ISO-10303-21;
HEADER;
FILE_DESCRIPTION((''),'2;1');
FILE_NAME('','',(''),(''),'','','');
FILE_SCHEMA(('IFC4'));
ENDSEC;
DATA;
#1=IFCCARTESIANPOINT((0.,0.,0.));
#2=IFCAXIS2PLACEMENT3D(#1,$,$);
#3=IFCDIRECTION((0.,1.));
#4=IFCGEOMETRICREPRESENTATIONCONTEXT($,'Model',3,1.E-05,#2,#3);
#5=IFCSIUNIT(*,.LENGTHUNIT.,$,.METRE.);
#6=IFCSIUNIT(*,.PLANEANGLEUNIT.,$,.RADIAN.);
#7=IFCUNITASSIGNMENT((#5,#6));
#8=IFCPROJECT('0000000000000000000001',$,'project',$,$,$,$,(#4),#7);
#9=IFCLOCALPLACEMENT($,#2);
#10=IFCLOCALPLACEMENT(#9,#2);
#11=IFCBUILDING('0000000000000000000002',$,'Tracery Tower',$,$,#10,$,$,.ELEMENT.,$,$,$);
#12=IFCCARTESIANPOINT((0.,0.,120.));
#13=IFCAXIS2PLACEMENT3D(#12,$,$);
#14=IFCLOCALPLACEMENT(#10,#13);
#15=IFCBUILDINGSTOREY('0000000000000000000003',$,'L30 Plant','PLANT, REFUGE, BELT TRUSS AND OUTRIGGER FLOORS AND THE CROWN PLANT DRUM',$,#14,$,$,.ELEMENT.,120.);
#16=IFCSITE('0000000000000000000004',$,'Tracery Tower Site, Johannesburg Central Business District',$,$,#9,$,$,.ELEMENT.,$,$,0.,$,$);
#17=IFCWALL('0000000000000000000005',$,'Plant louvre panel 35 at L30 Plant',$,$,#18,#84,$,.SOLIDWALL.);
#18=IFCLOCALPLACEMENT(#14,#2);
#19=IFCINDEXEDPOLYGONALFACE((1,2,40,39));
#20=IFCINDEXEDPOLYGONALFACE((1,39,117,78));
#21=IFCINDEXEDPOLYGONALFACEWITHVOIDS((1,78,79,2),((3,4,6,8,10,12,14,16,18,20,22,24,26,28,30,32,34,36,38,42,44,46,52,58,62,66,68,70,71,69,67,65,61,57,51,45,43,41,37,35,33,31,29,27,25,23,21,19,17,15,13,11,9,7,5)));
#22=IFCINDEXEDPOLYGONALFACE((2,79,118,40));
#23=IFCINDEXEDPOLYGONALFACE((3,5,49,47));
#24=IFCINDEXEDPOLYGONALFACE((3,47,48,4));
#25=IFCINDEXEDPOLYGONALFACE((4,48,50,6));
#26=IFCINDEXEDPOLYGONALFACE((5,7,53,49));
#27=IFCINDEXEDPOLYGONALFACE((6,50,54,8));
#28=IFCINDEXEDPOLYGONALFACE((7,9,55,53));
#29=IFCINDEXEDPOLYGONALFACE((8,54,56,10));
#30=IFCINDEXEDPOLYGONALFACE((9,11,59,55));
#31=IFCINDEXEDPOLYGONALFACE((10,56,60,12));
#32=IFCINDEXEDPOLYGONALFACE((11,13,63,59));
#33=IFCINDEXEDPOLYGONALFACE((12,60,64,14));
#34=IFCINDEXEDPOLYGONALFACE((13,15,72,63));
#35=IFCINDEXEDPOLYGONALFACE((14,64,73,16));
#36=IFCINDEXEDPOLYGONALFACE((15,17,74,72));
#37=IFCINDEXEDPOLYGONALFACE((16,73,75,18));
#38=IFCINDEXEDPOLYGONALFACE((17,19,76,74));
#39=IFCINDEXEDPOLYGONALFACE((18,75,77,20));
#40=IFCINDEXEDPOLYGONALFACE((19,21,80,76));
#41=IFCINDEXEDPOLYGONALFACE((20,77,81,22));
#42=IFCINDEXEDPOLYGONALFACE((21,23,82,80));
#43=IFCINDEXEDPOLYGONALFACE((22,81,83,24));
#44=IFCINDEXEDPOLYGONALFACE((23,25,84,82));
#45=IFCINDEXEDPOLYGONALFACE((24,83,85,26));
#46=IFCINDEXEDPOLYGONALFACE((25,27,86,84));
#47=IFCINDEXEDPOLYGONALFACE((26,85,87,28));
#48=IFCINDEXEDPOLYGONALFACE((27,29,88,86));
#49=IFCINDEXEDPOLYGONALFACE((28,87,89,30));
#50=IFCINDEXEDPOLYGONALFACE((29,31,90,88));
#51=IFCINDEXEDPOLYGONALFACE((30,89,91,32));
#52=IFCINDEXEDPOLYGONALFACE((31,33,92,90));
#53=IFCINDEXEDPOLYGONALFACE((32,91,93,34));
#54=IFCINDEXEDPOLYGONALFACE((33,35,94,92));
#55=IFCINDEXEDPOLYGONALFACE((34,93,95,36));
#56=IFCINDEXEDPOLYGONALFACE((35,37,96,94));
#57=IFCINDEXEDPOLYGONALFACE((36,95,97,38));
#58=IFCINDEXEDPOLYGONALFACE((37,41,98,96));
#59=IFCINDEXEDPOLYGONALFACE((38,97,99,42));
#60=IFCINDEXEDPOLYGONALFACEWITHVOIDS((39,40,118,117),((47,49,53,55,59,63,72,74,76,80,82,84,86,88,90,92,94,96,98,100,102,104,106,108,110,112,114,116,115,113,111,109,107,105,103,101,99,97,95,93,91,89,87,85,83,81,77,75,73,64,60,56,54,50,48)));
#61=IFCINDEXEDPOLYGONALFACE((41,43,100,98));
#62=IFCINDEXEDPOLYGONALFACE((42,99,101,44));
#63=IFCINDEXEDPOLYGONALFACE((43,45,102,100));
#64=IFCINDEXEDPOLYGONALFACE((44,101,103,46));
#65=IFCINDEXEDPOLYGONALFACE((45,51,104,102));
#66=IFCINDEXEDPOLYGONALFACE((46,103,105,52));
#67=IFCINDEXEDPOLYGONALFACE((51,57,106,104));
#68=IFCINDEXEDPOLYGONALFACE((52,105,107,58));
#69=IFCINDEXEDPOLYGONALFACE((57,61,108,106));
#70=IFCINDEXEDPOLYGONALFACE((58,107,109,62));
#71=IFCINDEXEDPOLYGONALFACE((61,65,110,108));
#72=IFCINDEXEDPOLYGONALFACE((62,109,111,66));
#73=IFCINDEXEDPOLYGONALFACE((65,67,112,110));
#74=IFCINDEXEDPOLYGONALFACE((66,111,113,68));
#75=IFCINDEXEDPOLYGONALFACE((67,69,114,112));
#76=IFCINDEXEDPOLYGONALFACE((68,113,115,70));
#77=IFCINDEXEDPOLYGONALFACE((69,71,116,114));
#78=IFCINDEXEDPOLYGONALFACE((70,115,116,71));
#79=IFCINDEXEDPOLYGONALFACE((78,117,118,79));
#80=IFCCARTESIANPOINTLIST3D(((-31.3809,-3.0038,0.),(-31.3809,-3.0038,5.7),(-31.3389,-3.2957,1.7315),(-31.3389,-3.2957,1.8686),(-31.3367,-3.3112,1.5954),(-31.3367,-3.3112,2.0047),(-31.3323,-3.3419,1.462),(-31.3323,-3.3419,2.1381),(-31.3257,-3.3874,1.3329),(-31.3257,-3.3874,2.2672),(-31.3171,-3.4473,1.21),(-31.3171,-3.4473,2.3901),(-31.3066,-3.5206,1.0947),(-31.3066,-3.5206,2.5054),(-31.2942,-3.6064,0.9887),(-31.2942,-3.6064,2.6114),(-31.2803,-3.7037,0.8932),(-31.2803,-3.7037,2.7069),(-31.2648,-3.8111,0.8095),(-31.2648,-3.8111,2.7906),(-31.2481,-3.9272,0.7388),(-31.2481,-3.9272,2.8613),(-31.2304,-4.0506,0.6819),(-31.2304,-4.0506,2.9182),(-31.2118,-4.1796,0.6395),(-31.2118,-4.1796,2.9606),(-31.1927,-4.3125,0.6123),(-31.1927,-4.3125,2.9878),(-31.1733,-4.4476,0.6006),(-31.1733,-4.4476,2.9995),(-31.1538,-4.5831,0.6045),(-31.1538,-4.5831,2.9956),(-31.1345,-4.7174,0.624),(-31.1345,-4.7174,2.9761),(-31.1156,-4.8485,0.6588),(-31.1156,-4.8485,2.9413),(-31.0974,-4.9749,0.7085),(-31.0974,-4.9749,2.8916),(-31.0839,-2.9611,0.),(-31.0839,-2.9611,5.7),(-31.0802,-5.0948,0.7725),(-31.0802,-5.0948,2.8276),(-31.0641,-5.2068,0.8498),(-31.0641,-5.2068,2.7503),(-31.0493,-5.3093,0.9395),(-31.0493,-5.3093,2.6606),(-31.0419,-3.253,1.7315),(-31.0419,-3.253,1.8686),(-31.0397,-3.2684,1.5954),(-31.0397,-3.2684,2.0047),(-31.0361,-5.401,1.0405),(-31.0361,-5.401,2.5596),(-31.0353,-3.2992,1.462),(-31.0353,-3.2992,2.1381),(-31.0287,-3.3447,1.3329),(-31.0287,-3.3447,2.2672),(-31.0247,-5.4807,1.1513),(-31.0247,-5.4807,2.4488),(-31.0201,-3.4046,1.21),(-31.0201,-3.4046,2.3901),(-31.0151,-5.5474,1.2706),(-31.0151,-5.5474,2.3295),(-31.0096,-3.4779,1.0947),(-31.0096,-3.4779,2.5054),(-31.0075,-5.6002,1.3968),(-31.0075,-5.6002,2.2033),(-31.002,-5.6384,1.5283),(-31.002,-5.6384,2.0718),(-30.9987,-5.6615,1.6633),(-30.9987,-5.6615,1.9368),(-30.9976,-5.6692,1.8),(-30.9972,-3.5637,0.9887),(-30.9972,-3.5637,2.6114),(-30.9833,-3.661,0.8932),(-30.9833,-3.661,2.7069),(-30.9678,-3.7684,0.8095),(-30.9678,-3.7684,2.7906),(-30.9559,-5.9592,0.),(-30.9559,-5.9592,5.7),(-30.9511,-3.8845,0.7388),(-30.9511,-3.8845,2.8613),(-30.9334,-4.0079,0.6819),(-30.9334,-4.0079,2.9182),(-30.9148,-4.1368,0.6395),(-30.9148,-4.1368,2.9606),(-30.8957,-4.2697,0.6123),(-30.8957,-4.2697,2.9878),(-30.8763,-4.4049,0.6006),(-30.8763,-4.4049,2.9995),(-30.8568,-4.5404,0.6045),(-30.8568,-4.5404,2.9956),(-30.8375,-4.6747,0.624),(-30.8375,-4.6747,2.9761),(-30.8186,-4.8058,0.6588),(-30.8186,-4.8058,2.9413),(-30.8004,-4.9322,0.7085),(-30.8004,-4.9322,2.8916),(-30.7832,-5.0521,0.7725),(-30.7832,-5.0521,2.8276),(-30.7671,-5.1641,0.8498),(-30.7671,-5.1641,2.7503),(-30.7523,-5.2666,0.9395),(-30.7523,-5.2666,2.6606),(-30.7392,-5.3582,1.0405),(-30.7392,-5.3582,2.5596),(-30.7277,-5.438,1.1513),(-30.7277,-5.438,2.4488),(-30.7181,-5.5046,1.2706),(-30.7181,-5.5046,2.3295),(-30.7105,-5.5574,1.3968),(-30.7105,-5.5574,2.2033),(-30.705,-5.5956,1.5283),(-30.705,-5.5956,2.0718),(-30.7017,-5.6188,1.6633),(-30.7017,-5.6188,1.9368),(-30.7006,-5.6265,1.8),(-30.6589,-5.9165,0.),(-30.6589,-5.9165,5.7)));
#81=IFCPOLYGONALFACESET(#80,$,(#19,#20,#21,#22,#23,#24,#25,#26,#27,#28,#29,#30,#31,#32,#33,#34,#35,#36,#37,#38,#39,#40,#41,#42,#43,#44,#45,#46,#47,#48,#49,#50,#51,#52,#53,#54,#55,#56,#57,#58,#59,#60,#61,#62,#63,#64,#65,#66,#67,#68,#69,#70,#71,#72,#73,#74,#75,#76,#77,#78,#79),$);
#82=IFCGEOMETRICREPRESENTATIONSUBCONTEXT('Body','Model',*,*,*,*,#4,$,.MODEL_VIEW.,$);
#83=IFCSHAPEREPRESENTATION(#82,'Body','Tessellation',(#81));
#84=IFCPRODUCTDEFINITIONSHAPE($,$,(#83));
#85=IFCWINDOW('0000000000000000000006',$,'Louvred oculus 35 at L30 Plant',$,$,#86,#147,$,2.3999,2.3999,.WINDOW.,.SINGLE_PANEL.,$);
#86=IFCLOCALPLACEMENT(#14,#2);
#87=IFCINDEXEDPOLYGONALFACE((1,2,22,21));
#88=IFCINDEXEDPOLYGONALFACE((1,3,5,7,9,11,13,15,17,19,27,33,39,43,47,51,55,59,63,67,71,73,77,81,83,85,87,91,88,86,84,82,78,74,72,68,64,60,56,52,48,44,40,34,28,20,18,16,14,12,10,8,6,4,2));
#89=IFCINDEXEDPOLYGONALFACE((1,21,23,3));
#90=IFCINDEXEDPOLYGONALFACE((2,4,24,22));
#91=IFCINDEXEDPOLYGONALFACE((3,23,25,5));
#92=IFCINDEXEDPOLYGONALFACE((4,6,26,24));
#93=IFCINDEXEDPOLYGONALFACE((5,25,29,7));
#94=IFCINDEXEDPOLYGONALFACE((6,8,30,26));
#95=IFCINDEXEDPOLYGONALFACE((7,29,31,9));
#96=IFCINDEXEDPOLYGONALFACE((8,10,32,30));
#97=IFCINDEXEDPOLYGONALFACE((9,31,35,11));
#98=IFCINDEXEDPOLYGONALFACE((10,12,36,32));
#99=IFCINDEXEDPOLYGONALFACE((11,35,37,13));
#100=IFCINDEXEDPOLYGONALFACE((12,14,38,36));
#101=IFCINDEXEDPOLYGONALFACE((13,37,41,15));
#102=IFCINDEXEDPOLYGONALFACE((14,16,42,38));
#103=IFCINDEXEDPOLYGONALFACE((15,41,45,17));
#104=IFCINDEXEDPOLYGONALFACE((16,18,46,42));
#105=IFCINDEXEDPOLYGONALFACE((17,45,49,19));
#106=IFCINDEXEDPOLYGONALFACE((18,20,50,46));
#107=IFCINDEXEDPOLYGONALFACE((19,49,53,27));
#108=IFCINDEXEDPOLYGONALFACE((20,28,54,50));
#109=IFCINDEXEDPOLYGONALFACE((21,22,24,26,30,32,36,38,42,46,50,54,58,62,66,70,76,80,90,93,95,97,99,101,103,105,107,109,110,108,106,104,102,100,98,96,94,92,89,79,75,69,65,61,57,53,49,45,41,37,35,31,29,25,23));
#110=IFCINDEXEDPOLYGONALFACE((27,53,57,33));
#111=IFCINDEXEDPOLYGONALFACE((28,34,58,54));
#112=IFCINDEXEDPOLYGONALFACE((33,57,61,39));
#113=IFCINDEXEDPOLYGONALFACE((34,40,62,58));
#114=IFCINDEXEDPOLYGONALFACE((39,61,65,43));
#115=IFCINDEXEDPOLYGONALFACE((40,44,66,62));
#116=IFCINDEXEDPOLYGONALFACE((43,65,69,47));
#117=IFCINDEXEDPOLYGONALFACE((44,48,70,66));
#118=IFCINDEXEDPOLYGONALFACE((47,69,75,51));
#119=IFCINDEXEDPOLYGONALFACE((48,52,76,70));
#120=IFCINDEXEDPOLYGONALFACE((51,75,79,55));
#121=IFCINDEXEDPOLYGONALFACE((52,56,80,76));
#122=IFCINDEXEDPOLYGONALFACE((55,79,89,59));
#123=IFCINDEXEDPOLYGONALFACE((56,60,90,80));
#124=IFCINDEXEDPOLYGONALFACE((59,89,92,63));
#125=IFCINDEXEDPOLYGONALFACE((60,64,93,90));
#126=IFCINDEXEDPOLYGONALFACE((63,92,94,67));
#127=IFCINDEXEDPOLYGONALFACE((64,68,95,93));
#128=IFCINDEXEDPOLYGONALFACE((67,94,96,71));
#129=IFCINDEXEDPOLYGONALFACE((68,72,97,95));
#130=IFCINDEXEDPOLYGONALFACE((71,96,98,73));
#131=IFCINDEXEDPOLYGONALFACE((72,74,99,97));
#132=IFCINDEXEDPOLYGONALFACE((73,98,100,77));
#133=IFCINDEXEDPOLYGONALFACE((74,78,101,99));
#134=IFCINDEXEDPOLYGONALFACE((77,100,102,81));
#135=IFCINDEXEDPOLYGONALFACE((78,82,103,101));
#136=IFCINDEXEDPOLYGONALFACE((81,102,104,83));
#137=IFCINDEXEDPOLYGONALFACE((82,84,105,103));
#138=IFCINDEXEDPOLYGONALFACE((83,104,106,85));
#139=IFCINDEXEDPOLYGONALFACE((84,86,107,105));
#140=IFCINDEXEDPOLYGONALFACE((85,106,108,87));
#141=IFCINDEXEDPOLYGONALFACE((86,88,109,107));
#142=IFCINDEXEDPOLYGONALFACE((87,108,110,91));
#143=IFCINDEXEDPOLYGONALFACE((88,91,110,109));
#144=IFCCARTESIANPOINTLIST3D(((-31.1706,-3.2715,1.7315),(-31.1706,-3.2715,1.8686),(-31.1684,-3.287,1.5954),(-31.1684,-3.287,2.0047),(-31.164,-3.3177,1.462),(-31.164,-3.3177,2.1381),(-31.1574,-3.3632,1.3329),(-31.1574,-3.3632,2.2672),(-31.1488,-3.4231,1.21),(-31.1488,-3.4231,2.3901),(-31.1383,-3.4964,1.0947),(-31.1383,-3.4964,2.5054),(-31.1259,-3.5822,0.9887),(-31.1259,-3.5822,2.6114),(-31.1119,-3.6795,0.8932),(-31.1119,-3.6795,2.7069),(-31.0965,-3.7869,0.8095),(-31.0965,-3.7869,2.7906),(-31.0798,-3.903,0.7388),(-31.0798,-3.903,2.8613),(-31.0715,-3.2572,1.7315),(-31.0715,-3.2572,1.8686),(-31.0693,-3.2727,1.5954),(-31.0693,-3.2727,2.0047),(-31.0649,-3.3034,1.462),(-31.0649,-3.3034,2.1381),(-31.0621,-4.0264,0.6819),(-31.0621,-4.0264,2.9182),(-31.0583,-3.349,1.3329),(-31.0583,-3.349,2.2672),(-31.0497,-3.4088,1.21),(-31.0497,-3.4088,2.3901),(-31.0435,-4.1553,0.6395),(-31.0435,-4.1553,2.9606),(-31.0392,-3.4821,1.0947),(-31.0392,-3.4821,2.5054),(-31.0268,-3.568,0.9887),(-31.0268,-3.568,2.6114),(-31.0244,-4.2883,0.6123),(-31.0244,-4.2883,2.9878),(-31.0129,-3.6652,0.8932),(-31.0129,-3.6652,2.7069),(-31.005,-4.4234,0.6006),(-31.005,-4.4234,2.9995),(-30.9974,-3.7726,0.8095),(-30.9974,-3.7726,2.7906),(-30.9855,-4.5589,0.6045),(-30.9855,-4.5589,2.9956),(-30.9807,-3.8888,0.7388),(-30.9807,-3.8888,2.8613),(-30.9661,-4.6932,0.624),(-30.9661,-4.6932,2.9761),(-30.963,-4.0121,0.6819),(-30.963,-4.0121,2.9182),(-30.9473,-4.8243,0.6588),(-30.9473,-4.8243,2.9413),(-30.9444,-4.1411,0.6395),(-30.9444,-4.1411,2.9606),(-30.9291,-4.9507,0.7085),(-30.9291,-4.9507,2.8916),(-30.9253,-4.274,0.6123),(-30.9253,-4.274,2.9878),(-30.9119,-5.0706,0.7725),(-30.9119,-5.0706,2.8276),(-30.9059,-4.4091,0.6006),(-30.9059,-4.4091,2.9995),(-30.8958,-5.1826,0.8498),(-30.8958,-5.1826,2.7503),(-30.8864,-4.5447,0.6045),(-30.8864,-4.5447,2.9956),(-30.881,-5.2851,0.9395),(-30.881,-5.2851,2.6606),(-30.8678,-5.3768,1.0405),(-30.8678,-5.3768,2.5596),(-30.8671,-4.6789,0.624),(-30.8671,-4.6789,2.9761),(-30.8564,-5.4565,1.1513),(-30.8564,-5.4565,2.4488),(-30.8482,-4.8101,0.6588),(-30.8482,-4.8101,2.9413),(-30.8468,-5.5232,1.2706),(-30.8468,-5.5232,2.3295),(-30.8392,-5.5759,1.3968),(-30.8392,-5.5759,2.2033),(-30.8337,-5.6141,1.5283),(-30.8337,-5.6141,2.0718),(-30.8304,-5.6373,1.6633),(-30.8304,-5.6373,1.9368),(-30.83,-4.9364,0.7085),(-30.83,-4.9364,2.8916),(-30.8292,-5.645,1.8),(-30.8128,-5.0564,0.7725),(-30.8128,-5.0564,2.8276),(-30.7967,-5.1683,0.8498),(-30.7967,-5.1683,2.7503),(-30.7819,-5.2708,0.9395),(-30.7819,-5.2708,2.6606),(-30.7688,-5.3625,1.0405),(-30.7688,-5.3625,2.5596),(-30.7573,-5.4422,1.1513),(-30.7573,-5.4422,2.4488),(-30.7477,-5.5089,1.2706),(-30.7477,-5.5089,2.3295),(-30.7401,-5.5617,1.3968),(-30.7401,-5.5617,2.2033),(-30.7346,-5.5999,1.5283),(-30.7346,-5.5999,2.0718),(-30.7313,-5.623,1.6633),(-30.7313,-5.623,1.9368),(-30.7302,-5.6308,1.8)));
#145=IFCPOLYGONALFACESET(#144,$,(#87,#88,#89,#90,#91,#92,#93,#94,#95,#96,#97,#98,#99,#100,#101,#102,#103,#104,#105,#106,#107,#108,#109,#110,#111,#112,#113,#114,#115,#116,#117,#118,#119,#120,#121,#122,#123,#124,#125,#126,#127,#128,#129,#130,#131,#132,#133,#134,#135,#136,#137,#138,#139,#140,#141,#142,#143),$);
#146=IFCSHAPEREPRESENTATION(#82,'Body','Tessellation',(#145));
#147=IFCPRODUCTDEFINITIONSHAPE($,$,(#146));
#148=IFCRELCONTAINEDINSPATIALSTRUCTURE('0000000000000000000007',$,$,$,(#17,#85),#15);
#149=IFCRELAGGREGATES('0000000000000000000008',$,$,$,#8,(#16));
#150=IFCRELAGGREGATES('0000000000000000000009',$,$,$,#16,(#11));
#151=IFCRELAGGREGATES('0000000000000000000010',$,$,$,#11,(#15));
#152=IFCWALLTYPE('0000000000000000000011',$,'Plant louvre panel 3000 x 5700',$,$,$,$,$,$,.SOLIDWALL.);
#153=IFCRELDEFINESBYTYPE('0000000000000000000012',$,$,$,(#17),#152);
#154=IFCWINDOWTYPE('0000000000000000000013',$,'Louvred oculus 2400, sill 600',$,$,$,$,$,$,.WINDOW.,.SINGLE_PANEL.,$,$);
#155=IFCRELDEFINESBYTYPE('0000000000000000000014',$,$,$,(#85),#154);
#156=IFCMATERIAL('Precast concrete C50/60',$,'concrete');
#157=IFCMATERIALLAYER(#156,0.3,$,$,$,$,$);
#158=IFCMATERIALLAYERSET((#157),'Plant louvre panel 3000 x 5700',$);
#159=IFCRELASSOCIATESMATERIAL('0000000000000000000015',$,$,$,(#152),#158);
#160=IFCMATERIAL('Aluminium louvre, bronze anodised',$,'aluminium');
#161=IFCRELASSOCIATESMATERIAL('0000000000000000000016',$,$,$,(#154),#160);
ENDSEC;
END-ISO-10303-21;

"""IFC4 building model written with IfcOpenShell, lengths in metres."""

from ifc_helpers import new_model, si_unit, direction, frame, frame_2d, origin, origin_2d, place, context, subcontext, project, spatial, rectangle, circle, extrude, material, layer, layer_set, type_object, element, fill, save


model = new_model("IFC4")

# Units and contexts
model_context = context("Model", 3, precision=1e-05, world=origin(), true_north=direction((0.0, 1.0)))
body_context = subcontext(model_context, "Body", "Model", "MODEL_VIEW")
ifc_project = project(units=[si_unit("LENGTHUNIT", "METRE"), si_unit("PLANEANGLEUNIT", "RADIAN")], contexts=[model_context])

# Site, building, storey
site_placement = place(None, origin())
site = spatial("IfcSite", under=ifc_project, at=site_placement, Name="Tracery Tower Site, Johannesburg Central Business District", CompositionType="ELEMENT", RefElevation=0.0)
building_placement = place(site_placement, origin())
building = spatial("IfcBuilding", under=site, at=building_placement, Name="Tracery Tower", CompositionType="ELEMENT")
storey_placement = place(building_placement, frame((0.0, 0.0, 120.0)))
storey = spatial("IfcBuildingStorey", under=building, at=storey_placement, Name="L30 Plant", Description="PLANT, REFUGE, BELT TRUSS AND OUTRIGGER FLOORS AND THE CROWN PLANT DRUM", CompositionType="ELEMENT", Elevation=120.0)

# Wall, opening, window
ifc_material_1 = material(Name="Precast concrete C50/60", Category="concrete")
ifc_layer_1 = layer(ifc_material_1, 0.3)
ifc_layer_set_1 = layer_set([ifc_layer_1], Name="Plant louvre panel 3000 x 5700")
wall_type_1 = type_object("IfcWallType", Name="Plant louvre panel 3000 x 5700", PredefinedType="SOLIDWALL", material=ifc_layer_set_1)
ifc_material_2 = material(Name="Aluminium louvre, bronze anodised", Category="aluminium")
window_type = type_object("IfcWindowType", Name="Louvred oculus 2400, sill 600", PartitioningType="SINGLE_PANEL", PredefinedType="WINDOW", material=ifc_material_2)
wall_1_placement = place(storey_placement, frame((-31.2324, -2.9824, 0.0), z_axis=(0.0, 0.0, 1.0), x_axis=(0.14236, -0.989815, 0.0)))
wall_1 = element("IfcWall", 1, at=wall_1_placement, inside=storey, type_object=wall_type_1, Name="Plant louvre panel 35 at L30 Plant", PredefinedType="SOLIDWALL", context=body_context, shape_type="SweptSolid", body=[
    extrude(rectangle(XDim=2.9858, YDim=0.3, at=frame_2d((1.4929, 0.0))), origin(), (0.0, 0.0, 1.0), 5.7),
])
opening_1_placement = place(wall_1_placement, frame((1.4929, 0.0, 1.8)))
opening_1 = element("IfcOpeningElement", 2, at=opening_1_placement, cuts=wall_1, PredefinedType="OPENING", context=body_context, shape_type="SweptSolid", body=[
    extrude(circle(Radius=1.2, at=origin_2d()), frame((0.0, 0.1599, 0.0), z_axis=(0.0, -1.0, 0.0), x_axis=(1.0, 0.0, 0.0)), (0.0, 0.0, 1.0), 0.3201),
])
window_1_placement = place(opening_1_placement, origin())
window_1 = element("IfcWindow", 3, at=window_1_placement, inside=storey, type_object=window_type, Name="Louvred oculus 35 at L30 Plant", OverallHeight=2.3999, OverallWidth=2.3999, PartitioningType="SINGLE_PANEL", PredefinedType="WINDOW", context=body_context, shape_type="SweptSolid", body=[
    extrude(circle(Radius=1.2, at=origin_2d()), frame((0.0, 0.1201, 0.0), z_axis=(0.0, -1.0, 0.0), x_axis=(1.0, 0.0, 0.0)), (0.0, 0.0, 1.0), 0.1001),
])
fill(opening_1, window_1)

save(model, "model.ifc")
